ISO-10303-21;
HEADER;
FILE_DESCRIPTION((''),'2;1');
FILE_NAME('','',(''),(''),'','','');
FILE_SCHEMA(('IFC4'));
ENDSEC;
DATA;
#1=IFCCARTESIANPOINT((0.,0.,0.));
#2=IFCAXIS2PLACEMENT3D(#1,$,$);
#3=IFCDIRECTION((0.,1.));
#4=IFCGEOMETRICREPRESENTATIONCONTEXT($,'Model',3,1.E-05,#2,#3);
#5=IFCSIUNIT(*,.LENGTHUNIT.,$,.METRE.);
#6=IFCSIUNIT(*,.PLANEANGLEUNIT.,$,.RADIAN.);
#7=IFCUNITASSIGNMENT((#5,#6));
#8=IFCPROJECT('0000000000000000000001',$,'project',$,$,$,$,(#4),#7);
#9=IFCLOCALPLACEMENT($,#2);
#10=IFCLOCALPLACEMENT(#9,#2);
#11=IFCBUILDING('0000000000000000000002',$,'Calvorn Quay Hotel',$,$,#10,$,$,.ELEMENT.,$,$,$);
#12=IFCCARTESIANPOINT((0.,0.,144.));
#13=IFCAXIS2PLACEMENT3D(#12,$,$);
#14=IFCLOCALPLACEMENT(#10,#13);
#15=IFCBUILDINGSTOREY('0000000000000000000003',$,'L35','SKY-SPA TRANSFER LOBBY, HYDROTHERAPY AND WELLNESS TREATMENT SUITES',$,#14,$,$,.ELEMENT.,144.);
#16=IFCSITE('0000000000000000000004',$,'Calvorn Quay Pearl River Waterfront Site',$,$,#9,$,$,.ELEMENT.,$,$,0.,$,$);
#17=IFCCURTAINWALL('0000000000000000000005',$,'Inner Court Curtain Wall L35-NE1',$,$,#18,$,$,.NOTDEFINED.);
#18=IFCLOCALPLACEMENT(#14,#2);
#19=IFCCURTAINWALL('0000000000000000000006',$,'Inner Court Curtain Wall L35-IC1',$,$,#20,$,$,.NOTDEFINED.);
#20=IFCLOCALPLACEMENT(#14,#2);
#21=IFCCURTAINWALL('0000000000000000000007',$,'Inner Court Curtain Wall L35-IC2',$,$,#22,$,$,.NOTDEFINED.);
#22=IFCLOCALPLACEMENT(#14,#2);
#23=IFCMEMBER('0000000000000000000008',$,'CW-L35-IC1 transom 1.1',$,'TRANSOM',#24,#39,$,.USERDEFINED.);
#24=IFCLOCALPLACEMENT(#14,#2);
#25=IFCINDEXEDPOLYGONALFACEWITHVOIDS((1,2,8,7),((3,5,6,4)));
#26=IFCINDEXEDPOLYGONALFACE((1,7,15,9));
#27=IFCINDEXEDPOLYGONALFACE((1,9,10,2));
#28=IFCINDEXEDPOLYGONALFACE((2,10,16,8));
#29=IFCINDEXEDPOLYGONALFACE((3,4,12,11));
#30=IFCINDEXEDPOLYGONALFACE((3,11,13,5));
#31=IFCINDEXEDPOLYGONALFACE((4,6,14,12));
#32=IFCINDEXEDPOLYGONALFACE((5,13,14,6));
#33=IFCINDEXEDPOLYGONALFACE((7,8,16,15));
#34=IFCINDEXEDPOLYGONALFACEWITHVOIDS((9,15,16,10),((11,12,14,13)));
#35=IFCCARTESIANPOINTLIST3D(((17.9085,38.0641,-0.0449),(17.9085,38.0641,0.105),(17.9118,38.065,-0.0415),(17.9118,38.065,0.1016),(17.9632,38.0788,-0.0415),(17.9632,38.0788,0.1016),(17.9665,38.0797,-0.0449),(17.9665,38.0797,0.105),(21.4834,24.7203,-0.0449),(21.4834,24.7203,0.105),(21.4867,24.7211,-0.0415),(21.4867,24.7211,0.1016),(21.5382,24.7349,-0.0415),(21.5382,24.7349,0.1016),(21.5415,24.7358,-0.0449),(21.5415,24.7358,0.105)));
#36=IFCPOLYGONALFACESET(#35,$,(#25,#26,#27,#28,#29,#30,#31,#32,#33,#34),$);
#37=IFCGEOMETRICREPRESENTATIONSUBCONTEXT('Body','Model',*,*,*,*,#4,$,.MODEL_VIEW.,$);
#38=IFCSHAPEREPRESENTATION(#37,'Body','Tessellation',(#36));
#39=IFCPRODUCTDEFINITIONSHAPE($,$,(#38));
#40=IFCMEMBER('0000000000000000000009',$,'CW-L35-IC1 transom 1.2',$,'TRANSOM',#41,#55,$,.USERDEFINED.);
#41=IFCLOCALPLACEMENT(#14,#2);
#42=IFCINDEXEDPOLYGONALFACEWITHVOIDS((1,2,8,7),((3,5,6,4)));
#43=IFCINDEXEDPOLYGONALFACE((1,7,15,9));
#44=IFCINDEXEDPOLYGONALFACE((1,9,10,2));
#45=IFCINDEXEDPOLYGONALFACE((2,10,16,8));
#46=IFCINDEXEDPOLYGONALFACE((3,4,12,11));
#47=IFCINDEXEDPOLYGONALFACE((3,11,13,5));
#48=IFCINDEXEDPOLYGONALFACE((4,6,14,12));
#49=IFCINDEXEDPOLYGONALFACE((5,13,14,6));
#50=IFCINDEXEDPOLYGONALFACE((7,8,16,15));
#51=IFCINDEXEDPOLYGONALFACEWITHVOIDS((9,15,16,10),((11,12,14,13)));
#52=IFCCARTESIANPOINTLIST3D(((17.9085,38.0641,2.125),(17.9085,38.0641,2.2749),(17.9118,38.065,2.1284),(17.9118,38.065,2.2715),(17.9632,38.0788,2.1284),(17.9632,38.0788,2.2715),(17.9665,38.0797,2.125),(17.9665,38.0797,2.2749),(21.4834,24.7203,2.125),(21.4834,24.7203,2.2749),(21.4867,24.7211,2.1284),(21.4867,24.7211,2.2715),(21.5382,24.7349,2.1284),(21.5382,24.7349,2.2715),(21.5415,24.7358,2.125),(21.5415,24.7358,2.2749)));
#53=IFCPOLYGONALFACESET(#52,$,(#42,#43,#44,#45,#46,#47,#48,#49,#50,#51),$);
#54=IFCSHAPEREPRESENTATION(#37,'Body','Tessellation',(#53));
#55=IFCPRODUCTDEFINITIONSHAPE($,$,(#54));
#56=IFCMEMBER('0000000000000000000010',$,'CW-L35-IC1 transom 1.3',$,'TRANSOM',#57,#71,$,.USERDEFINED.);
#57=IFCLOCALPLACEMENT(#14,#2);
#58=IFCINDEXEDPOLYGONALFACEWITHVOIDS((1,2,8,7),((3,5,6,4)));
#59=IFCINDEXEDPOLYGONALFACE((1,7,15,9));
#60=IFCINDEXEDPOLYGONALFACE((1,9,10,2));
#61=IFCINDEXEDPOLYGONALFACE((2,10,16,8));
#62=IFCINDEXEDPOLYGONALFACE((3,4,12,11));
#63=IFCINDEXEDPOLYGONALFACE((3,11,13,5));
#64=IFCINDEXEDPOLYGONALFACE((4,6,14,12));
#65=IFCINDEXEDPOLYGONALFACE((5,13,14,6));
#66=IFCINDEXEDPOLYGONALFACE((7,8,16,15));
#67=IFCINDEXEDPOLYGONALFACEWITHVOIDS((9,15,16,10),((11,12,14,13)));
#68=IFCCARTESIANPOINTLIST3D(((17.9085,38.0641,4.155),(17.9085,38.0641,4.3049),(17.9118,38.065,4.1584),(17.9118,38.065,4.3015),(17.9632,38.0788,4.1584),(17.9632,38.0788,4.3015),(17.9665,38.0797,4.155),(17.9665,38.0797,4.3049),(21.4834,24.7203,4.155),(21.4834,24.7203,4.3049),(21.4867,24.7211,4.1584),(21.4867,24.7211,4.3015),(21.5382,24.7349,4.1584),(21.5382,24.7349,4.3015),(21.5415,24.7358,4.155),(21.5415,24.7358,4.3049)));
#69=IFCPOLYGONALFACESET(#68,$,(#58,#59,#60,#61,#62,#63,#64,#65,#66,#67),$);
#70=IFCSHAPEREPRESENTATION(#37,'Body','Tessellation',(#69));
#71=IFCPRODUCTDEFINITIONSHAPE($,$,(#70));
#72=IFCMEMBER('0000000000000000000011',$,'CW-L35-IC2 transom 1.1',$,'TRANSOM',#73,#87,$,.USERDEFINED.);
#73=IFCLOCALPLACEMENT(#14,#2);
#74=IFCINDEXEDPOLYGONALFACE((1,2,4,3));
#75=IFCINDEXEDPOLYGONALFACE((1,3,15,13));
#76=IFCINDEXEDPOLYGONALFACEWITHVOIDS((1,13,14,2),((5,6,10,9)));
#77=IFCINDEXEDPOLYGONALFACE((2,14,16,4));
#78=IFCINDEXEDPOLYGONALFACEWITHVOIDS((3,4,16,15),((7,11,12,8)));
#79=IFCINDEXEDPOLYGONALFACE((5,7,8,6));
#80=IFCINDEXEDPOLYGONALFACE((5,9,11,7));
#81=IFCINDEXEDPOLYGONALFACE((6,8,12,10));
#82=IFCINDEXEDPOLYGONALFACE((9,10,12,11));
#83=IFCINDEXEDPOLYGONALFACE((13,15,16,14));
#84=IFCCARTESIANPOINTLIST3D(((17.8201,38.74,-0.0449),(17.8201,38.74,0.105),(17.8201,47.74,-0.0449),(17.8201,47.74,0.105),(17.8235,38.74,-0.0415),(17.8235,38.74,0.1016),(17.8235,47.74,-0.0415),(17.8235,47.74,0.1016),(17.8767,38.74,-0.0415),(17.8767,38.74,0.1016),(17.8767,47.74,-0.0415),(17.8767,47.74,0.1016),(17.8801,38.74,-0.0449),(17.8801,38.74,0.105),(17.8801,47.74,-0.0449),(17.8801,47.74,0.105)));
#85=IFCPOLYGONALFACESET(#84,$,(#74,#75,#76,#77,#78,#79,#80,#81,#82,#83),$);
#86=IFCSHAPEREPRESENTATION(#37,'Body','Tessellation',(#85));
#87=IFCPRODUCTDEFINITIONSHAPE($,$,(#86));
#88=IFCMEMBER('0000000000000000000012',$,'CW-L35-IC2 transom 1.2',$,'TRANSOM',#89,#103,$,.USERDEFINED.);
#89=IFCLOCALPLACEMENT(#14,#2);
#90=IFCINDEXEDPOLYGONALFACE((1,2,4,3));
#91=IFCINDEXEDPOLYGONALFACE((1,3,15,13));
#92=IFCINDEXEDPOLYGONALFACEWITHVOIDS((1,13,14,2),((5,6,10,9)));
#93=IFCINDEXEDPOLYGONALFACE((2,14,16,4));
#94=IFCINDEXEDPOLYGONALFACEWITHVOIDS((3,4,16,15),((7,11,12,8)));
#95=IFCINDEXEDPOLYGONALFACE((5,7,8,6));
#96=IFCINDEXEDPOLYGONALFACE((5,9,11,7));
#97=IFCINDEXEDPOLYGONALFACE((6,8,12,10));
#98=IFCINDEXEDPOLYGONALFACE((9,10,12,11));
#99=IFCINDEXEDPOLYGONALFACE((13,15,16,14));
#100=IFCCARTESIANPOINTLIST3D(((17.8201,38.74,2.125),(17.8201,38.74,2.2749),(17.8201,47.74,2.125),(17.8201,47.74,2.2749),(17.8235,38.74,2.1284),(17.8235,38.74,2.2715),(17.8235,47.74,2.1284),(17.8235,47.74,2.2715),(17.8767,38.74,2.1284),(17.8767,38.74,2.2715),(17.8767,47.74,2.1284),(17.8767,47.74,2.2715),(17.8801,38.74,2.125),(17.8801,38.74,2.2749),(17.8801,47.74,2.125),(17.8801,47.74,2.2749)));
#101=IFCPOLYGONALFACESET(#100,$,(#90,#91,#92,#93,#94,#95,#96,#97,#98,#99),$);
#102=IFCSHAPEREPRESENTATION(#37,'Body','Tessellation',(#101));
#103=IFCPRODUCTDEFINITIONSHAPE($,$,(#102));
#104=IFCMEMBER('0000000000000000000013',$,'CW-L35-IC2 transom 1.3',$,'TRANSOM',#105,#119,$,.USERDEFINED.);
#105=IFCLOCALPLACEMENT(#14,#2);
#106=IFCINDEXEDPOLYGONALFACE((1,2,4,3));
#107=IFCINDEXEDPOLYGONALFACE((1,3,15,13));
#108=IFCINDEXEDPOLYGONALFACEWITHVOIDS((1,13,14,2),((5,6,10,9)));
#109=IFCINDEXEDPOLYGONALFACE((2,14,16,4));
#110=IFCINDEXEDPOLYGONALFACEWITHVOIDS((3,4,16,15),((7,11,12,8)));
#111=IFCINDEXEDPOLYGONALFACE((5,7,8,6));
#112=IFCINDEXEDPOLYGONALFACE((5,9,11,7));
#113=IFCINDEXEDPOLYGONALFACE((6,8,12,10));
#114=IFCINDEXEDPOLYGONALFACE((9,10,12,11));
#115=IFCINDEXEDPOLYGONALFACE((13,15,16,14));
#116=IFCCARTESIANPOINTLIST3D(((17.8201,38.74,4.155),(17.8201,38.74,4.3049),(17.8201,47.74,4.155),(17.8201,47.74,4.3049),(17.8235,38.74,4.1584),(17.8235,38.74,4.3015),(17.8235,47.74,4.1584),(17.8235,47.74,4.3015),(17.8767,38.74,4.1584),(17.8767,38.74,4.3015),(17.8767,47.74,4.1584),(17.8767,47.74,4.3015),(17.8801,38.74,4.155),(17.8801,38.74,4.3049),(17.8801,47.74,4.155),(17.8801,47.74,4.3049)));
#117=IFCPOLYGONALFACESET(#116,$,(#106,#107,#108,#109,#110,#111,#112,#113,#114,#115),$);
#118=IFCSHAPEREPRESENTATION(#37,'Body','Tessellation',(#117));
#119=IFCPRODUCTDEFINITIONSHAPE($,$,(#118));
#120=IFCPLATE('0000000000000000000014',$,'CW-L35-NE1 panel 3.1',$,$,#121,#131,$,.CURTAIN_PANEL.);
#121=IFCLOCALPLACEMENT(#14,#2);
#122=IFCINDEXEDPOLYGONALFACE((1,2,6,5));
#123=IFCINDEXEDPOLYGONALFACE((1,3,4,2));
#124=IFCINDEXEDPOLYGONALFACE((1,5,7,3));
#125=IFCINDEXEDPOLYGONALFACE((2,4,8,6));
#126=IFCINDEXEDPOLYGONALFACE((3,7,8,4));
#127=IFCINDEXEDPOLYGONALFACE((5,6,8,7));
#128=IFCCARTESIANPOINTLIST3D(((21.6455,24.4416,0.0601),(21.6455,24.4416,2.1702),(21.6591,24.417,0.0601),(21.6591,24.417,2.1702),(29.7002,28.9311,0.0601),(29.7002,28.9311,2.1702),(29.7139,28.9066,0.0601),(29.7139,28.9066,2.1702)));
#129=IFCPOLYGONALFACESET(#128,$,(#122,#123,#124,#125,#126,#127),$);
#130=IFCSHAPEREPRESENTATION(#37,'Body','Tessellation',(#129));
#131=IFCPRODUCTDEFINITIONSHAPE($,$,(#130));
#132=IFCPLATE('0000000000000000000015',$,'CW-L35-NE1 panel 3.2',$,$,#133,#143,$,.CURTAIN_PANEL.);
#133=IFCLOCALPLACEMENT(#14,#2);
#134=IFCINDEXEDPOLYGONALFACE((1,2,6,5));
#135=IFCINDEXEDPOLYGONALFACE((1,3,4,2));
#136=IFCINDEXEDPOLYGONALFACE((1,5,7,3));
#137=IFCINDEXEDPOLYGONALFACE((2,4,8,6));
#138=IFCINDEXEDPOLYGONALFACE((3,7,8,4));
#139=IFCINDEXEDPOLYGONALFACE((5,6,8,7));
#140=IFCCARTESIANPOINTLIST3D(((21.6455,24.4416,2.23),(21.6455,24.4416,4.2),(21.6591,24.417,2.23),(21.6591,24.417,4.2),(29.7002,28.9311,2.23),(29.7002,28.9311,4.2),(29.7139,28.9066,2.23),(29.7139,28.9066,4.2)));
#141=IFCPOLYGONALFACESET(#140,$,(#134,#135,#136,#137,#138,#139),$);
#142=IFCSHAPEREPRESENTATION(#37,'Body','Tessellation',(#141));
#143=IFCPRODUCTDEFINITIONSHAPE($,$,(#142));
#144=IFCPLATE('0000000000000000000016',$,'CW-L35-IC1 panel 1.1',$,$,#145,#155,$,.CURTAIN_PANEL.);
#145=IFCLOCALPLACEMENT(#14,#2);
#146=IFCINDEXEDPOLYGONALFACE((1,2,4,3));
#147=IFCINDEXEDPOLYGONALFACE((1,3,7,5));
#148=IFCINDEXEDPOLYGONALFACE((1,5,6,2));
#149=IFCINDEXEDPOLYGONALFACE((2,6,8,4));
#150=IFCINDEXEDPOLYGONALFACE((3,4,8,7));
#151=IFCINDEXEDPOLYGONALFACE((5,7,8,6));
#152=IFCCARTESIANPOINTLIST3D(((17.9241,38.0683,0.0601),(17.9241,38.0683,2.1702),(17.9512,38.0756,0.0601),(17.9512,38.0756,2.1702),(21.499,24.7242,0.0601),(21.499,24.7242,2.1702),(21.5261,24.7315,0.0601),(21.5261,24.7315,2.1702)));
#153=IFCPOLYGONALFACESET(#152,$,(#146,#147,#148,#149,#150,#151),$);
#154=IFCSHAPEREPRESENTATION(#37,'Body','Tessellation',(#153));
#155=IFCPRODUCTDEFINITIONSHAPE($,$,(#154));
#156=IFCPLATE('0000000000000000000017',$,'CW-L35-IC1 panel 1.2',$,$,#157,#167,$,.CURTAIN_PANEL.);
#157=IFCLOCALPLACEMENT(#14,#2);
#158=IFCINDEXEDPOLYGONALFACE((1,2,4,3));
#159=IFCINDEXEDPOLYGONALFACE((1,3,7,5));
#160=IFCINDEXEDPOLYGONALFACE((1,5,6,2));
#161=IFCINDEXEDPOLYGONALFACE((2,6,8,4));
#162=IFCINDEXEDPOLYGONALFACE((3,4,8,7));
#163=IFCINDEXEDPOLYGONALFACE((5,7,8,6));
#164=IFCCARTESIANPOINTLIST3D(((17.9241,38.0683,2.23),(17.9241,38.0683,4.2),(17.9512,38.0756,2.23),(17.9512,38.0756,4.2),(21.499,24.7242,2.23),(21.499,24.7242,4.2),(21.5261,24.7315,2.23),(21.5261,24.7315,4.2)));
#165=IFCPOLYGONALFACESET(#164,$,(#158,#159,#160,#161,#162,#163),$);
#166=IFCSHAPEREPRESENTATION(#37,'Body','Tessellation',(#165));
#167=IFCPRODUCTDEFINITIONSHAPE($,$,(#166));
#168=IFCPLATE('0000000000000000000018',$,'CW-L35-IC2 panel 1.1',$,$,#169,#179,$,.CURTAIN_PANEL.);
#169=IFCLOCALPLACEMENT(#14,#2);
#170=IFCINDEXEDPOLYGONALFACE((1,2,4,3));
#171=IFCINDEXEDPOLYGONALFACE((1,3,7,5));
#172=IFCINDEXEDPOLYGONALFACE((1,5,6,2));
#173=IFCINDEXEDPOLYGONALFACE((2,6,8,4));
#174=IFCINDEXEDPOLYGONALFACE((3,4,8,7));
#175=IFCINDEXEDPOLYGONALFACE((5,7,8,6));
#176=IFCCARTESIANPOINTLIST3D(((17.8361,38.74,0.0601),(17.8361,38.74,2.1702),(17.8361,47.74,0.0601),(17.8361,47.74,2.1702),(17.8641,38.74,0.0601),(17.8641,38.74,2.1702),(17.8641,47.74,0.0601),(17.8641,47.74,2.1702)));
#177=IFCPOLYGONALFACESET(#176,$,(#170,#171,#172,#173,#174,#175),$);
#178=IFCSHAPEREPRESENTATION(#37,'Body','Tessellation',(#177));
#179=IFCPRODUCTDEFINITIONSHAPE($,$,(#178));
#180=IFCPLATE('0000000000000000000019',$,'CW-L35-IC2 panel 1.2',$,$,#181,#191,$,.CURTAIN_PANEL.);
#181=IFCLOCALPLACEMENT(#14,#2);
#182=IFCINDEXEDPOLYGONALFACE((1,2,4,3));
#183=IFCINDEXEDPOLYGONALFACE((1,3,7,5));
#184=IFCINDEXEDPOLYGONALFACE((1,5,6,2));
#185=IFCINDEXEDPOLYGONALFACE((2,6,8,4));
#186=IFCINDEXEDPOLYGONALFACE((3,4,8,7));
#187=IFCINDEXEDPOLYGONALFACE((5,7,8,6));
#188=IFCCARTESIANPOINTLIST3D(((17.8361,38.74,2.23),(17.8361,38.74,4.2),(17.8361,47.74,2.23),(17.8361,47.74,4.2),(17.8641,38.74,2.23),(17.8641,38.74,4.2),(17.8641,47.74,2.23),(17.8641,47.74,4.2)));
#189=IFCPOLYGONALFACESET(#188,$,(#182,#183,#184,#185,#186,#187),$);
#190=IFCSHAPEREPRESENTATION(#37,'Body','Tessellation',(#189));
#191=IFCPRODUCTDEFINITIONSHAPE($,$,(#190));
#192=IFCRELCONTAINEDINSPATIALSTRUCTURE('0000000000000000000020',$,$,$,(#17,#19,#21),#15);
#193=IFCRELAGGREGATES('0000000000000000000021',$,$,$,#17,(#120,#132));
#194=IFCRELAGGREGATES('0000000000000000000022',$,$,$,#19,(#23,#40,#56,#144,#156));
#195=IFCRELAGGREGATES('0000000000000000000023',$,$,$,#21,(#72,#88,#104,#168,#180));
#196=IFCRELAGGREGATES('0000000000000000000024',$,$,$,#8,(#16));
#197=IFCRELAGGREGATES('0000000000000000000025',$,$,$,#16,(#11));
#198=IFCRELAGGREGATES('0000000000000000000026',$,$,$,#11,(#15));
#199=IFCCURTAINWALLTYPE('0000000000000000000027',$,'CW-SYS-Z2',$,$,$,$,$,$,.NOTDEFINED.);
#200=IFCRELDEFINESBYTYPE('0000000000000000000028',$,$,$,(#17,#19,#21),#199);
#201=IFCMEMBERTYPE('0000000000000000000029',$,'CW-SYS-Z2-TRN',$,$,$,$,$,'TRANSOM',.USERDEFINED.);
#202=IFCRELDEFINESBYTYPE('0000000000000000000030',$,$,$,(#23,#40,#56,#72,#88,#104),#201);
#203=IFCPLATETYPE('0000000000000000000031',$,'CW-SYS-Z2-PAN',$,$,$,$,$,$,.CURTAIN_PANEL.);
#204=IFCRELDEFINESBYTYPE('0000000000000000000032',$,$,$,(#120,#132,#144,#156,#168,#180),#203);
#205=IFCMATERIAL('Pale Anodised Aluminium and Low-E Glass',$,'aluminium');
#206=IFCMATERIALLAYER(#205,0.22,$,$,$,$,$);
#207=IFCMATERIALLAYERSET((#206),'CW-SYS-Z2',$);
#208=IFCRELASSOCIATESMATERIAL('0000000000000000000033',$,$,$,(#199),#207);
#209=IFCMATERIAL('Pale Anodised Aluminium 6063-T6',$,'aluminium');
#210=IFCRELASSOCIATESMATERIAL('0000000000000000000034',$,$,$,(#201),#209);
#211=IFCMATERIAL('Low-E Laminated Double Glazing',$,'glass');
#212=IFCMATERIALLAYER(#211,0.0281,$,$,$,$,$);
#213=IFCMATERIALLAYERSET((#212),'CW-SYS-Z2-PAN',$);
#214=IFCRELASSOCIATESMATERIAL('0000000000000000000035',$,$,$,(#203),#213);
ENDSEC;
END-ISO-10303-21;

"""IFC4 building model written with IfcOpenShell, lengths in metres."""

from ifc_helpers import new_model, si_unit, direction, frame, origin, origin_2d, place, context, subcontext, project, spatial, rectangle, hollow_rectangle, extrude, material, layer, layer_set, material_profile, profile_set, type_object, element, aggregate, save


model = new_model("IFC4")

# Units and contexts
model_context = context("Model", 3, precision=1e-05, world=origin(), true_north=direction((0.0, 1.0)))
body_context = subcontext(model_context, "Body", "Model", "MODEL_VIEW")
ifc_project = project(units=[si_unit("LENGTHUNIT", "METRE"), si_unit("PLANEANGLEUNIT", "RADIAN")], contexts=[model_context])

# Site, building, storey
site_placement = place(None, origin())
site = spatial("IfcSite", under=ifc_project, at=site_placement, Name="Calvorn Quay Pearl River Waterfront Site", CompositionType="ELEMENT", RefElevation=0.0)
building_placement = place(site_placement, origin())
building = spatial("IfcBuilding", under=site, at=building_placement, Name="Calvorn Quay Hotel", CompositionType="ELEMENT")
storey_placement = place(building_placement, frame((0.0, 0.0, 144.0)))
storey = spatial("IfcBuildingStorey", under=building, at=storey_placement, Name="L35", Description="SKY-SPA TRANSFER LOBBY, HYDROTHERAPY AND WELLNESS TREATMENT SUITES", CompositionType="ELEMENT", Elevation=144.0)

# Curtain wall
ifc_material_1 = material(Name="Pale Anodised Aluminium and Low-E Glass", Category="aluminium")
ifc_layer_1 = layer(ifc_material_1, 0.22)
ifc_layer_set_1 = layer_set([ifc_layer_1], Name="CW-SYS-Z2")
curtain_wall_type = type_object("IfcCurtainWallType", Name="CW-SYS-Z2", PredefinedType="NOTDEFINED", material=ifc_layer_set_1)
curtain_wall_1_placement = place(storey_placement, origin())
curtain_wall_1 = element("IfcCurtainWall", 1, at=curtain_wall_1_placement, inside=storey, type_object=curtain_wall_type, Name="Inner Court Curtain Wall L35-NE1", PredefinedType="NOTDEFINED")

# Curtain walls
curtain_wall_2_placement = place(storey_placement, origin())
curtain_wall_2 = element("IfcCurtainWall", 2, at=curtain_wall_2_placement, inside=storey, type_object=curtain_wall_type, Name="Inner Court Curtain Wall L35-IC1", PredefinedType="NOTDEFINED")
curtain_wall_3_placement = place(storey_placement, origin())
curtain_wall_3 = element("IfcCurtainWall", 3, at=curtain_wall_3_placement, inside=storey, type_object=curtain_wall_type, Name="Inner Court Curtain Wall L35-IC2", PredefinedType="NOTDEFINED")

# Members
ifc_material_2 = material(Name="Pale Anodised Aluminium 6063-T6", Category="aluminium")
ifc_material_profile_1 = material_profile(ifc_material_2, hollow_rectangle(XDim=0.0601, YDim=0.1499, WallThickness=0.0034, at=origin_2d()), Name="ALU-T150x60x3.5")
ifc_profile_set_1 = profile_set([ifc_material_profile_1], Name="Pale Anodised Aluminium 6063-T6")
member_type_1 = type_object("IfcMemberType", Name="CW-SYS-Z2-TRN", ElementType="TRANSOM", PredefinedType="USERDEFINED", material=ifc_profile_set_1)
member_1_placement = place(storey_placement, frame((21.5125, 24.728, 0.03), z_axis=(-0.258781, 0.965936, 0.0), x_axis=(-0.965936, -0.258781, 0.0)))
member_1 = element("IfcMember", 4, at=member_1_placement, type_object=member_type_1, Name="CW-L35-IC1 transom 1.1", ObjectType="TRANSOM", PredefinedType="USERDEFINED", context=body_context, shape_type="SweptSolid", body=[
    extrude(hollow_rectangle(XDim=0.0601, YDim=0.1499, WallThickness=0.0034, at=origin_2d()), origin(), (0.0, 0.0, 1.0), 13.8145),
])
member_2_placement = place(storey_placement, frame((21.5125, 24.728, 2.2), z_axis=(-0.258781, 0.965936, 0.0), x_axis=(-0.965936, -0.258781, 0.0)))
member_2 = element("IfcMember", 5, at=member_2_placement, type_object=member_type_1, Name="CW-L35-IC1 transom 1.2", ObjectType="TRANSOM", PredefinedType="USERDEFINED", context=body_context, shape_type="SweptSolid", body=[
    extrude(hollow_rectangle(XDim=0.0601, YDim=0.1499, WallThickness=0.0034, at=origin_2d()), origin(), (0.0, 0.0, 1.0), 13.8145),
])
member_3_placement = place(storey_placement, frame((21.5125, 24.728, 4.23), z_axis=(-0.258781, 0.965936, 0.0), x_axis=(-0.965936, -0.258781, 0.0)))
member_3 = element("IfcMember", 6, at=member_3_placement, type_object=member_type_1, Name="CW-L35-IC1 transom 1.3", ObjectType="TRANSOM", PredefinedType="USERDEFINED", context=body_context, shape_type="SweptSolid", body=[
    extrude(hollow_rectangle(XDim=0.0601, YDim=0.1499, WallThickness=0.0034, at=origin_2d()), origin(), (0.0, 0.0, 1.0), 13.8145),
])
member_4_placement = place(storey_placement, frame((17.8501, 38.74, 0.03), z_axis=(0.0, 1.0, 0.0), x_axis=(-1.0, 0.0, 0.0)))
member_4 = element("IfcMember", 7, at=member_4_placement, type_object=member_type_1, Name="CW-L35-IC2 transom 1.1", ObjectType="TRANSOM", PredefinedType="USERDEFINED", context=body_context, shape_type="SweptSolid", body=[
    extrude(hollow_rectangle(XDim=0.0601, YDim=0.1499, WallThickness=0.0034, at=origin_2d()), origin(), (0.0, 0.0, 1.0), 9.0),
])
member_5_placement = place(storey_placement, frame((17.8501, 38.74, 2.2), z_axis=(0.0, 1.0, 0.0), x_axis=(-1.0, 0.0, 0.0)))
member_5 = element("IfcMember", 8, at=member_5_placement, type_object=member_type_1, Name="CW-L35-IC2 transom 1.2", ObjectType="TRANSOM", PredefinedType="USERDEFINED", context=body_context, shape_type="SweptSolid", body=[
    extrude(hollow_rectangle(XDim=0.0601, YDim=0.1499, WallThickness=0.0034, at=origin_2d()), origin(), (0.0, 0.0, 1.0), 9.0),
])
member_6_placement = place(storey_placement, frame((17.8501, 38.74, 4.23), z_axis=(0.0, 1.0, 0.0), x_axis=(-1.0, 0.0, 0.0)))
member_6 = element("IfcMember", 9, at=member_6_placement, type_object=member_type_1, Name="CW-L35-IC2 transom 1.3", ObjectType="TRANSOM", PredefinedType="USERDEFINED", context=body_context, shape_type="SweptSolid", body=[
    extrude(hollow_rectangle(XDim=0.0601, YDim=0.1499, WallThickness=0.0034, at=origin_2d()), origin(), (0.0, 0.0, 1.0), 9.0),
])

# Plates
ifc_material_3 = material(Name="Low-E Laminated Double Glazing", Category="glass")
ifc_layer_2 = layer(ifc_material_3, 0.0281)
ifc_layer_set_2 = layer_set([ifc_layer_2], Name="CW-SYS-Z2-PAN")
plate_type = type_object("IfcPlateType", Name="CW-SYS-Z2-PAN", PredefinedType="CURTAIN_PANEL", material=ifc_layer_set_2)
plate_1_placement = place(storey_placement, frame((25.6797, 26.6741, 0.0601), z_axis=(0.0, 0.0, 1.0), x_axis=(-0.873481, -0.486858, 0.0)))
plate_1 = element("IfcPlate", 10, at=plate_1_placement, type_object=plate_type, Name="CW-L35-NE1 panel 3.1", PredefinedType="CURTAIN_PANEL", context=body_context, shape_type="SweptSolid", body=[
    extrude(rectangle(XDim=9.2214, YDim=0.0281, at=origin_2d()), origin(), (0.0, 0.0, 1.0), 2.1101),
])
plate_2_placement = place(storey_placement, frame((25.6797, 26.6741, 2.23), z_axis=(0.0, 0.0, 1.0), x_axis=(-0.873481, -0.486858, 0.0)))
plate_2 = element("IfcPlate", 11, at=plate_2_placement, type_object=plate_type, Name="CW-L35-NE1 panel 3.2", PredefinedType="CURTAIN_PANEL", context=body_context, shape_type="SweptSolid", body=[
    extrude(rectangle(XDim=9.2214, YDim=0.0281, at=origin_2d()), origin(), (0.0, 0.0, 1.0), 1.97),
])
aggregate(curtain_wall_1, [plate_1, plate_2])
plate_3_placement = place(storey_placement, frame((19.7251, 31.3999, 0.0601), z_axis=(0.0, 0.0, 1.0), x_axis=(-0.258779, 0.965937, 0.0)))
plate_3 = element("IfcPlate", 12, at=plate_3_placement, type_object=plate_type, Name="CW-L35-IC1 panel 1.1", PredefinedType="CURTAIN_PANEL", context=body_context, shape_type="SweptSolid", body=[
    extrude(rectangle(XDim=13.8147, YDim=0.0281, at=origin_2d()), origin(), (0.0, 0.0, 1.0), 2.1101),
])
plate_4_placement = place(storey_placement, frame((19.7251, 31.3999, 2.23), z_axis=(0.0, 0.0, 1.0), x_axis=(-0.258779, 0.965937, 0.0)))
plate_4 = element("IfcPlate", 13, at=plate_4_placement, type_object=plate_type, Name="CW-L35-IC1 panel 1.2", PredefinedType="CURTAIN_PANEL", context=body_context, shape_type="SweptSolid", body=[
    extrude(rectangle(XDim=13.8147, YDim=0.0281, at=origin_2d()), origin(), (0.0, 0.0, 1.0), 1.97),
])
aggregate(curtain_wall_2, [member_1, member_2, member_3, plate_3, plate_4])
plate_5_placement = place(storey_placement, frame((17.8501, 43.24, 0.0601), z_axis=(0.0, 0.0, 1.0), x_axis=(0.0, 1.0, 0.0)))
plate_5 = element("IfcPlate", 14, at=plate_5_placement, type_object=plate_type, Name="CW-L35-IC2 panel 1.1", PredefinedType="CURTAIN_PANEL", context=body_context, shape_type="SweptSolid", body=[
    extrude(rectangle(XDim=9.0, YDim=0.0281, at=origin_2d()), origin(), (0.0, 0.0, 1.0), 2.1101),
])
plate_6_placement = place(storey_placement, frame((17.8501, 43.24, 2.23), z_axis=(0.0, 0.0, 1.0), x_axis=(0.0, 1.0, 0.0)))
plate_6 = element("IfcPlate", 15, at=plate_6_placement, type_object=plate_type, Name="CW-L35-IC2 panel 1.2", PredefinedType="CURTAIN_PANEL", context=body_context, shape_type="SweptSolid", body=[
    extrude(rectangle(XDim=9.0, YDim=0.0281, at=origin_2d()), origin(), (0.0, 0.0, 1.0), 1.97),
])
aggregate(curtain_wall_3, [member_4, member_5, member_6, plate_5, plate_6])

save(model, "model.ifc")
